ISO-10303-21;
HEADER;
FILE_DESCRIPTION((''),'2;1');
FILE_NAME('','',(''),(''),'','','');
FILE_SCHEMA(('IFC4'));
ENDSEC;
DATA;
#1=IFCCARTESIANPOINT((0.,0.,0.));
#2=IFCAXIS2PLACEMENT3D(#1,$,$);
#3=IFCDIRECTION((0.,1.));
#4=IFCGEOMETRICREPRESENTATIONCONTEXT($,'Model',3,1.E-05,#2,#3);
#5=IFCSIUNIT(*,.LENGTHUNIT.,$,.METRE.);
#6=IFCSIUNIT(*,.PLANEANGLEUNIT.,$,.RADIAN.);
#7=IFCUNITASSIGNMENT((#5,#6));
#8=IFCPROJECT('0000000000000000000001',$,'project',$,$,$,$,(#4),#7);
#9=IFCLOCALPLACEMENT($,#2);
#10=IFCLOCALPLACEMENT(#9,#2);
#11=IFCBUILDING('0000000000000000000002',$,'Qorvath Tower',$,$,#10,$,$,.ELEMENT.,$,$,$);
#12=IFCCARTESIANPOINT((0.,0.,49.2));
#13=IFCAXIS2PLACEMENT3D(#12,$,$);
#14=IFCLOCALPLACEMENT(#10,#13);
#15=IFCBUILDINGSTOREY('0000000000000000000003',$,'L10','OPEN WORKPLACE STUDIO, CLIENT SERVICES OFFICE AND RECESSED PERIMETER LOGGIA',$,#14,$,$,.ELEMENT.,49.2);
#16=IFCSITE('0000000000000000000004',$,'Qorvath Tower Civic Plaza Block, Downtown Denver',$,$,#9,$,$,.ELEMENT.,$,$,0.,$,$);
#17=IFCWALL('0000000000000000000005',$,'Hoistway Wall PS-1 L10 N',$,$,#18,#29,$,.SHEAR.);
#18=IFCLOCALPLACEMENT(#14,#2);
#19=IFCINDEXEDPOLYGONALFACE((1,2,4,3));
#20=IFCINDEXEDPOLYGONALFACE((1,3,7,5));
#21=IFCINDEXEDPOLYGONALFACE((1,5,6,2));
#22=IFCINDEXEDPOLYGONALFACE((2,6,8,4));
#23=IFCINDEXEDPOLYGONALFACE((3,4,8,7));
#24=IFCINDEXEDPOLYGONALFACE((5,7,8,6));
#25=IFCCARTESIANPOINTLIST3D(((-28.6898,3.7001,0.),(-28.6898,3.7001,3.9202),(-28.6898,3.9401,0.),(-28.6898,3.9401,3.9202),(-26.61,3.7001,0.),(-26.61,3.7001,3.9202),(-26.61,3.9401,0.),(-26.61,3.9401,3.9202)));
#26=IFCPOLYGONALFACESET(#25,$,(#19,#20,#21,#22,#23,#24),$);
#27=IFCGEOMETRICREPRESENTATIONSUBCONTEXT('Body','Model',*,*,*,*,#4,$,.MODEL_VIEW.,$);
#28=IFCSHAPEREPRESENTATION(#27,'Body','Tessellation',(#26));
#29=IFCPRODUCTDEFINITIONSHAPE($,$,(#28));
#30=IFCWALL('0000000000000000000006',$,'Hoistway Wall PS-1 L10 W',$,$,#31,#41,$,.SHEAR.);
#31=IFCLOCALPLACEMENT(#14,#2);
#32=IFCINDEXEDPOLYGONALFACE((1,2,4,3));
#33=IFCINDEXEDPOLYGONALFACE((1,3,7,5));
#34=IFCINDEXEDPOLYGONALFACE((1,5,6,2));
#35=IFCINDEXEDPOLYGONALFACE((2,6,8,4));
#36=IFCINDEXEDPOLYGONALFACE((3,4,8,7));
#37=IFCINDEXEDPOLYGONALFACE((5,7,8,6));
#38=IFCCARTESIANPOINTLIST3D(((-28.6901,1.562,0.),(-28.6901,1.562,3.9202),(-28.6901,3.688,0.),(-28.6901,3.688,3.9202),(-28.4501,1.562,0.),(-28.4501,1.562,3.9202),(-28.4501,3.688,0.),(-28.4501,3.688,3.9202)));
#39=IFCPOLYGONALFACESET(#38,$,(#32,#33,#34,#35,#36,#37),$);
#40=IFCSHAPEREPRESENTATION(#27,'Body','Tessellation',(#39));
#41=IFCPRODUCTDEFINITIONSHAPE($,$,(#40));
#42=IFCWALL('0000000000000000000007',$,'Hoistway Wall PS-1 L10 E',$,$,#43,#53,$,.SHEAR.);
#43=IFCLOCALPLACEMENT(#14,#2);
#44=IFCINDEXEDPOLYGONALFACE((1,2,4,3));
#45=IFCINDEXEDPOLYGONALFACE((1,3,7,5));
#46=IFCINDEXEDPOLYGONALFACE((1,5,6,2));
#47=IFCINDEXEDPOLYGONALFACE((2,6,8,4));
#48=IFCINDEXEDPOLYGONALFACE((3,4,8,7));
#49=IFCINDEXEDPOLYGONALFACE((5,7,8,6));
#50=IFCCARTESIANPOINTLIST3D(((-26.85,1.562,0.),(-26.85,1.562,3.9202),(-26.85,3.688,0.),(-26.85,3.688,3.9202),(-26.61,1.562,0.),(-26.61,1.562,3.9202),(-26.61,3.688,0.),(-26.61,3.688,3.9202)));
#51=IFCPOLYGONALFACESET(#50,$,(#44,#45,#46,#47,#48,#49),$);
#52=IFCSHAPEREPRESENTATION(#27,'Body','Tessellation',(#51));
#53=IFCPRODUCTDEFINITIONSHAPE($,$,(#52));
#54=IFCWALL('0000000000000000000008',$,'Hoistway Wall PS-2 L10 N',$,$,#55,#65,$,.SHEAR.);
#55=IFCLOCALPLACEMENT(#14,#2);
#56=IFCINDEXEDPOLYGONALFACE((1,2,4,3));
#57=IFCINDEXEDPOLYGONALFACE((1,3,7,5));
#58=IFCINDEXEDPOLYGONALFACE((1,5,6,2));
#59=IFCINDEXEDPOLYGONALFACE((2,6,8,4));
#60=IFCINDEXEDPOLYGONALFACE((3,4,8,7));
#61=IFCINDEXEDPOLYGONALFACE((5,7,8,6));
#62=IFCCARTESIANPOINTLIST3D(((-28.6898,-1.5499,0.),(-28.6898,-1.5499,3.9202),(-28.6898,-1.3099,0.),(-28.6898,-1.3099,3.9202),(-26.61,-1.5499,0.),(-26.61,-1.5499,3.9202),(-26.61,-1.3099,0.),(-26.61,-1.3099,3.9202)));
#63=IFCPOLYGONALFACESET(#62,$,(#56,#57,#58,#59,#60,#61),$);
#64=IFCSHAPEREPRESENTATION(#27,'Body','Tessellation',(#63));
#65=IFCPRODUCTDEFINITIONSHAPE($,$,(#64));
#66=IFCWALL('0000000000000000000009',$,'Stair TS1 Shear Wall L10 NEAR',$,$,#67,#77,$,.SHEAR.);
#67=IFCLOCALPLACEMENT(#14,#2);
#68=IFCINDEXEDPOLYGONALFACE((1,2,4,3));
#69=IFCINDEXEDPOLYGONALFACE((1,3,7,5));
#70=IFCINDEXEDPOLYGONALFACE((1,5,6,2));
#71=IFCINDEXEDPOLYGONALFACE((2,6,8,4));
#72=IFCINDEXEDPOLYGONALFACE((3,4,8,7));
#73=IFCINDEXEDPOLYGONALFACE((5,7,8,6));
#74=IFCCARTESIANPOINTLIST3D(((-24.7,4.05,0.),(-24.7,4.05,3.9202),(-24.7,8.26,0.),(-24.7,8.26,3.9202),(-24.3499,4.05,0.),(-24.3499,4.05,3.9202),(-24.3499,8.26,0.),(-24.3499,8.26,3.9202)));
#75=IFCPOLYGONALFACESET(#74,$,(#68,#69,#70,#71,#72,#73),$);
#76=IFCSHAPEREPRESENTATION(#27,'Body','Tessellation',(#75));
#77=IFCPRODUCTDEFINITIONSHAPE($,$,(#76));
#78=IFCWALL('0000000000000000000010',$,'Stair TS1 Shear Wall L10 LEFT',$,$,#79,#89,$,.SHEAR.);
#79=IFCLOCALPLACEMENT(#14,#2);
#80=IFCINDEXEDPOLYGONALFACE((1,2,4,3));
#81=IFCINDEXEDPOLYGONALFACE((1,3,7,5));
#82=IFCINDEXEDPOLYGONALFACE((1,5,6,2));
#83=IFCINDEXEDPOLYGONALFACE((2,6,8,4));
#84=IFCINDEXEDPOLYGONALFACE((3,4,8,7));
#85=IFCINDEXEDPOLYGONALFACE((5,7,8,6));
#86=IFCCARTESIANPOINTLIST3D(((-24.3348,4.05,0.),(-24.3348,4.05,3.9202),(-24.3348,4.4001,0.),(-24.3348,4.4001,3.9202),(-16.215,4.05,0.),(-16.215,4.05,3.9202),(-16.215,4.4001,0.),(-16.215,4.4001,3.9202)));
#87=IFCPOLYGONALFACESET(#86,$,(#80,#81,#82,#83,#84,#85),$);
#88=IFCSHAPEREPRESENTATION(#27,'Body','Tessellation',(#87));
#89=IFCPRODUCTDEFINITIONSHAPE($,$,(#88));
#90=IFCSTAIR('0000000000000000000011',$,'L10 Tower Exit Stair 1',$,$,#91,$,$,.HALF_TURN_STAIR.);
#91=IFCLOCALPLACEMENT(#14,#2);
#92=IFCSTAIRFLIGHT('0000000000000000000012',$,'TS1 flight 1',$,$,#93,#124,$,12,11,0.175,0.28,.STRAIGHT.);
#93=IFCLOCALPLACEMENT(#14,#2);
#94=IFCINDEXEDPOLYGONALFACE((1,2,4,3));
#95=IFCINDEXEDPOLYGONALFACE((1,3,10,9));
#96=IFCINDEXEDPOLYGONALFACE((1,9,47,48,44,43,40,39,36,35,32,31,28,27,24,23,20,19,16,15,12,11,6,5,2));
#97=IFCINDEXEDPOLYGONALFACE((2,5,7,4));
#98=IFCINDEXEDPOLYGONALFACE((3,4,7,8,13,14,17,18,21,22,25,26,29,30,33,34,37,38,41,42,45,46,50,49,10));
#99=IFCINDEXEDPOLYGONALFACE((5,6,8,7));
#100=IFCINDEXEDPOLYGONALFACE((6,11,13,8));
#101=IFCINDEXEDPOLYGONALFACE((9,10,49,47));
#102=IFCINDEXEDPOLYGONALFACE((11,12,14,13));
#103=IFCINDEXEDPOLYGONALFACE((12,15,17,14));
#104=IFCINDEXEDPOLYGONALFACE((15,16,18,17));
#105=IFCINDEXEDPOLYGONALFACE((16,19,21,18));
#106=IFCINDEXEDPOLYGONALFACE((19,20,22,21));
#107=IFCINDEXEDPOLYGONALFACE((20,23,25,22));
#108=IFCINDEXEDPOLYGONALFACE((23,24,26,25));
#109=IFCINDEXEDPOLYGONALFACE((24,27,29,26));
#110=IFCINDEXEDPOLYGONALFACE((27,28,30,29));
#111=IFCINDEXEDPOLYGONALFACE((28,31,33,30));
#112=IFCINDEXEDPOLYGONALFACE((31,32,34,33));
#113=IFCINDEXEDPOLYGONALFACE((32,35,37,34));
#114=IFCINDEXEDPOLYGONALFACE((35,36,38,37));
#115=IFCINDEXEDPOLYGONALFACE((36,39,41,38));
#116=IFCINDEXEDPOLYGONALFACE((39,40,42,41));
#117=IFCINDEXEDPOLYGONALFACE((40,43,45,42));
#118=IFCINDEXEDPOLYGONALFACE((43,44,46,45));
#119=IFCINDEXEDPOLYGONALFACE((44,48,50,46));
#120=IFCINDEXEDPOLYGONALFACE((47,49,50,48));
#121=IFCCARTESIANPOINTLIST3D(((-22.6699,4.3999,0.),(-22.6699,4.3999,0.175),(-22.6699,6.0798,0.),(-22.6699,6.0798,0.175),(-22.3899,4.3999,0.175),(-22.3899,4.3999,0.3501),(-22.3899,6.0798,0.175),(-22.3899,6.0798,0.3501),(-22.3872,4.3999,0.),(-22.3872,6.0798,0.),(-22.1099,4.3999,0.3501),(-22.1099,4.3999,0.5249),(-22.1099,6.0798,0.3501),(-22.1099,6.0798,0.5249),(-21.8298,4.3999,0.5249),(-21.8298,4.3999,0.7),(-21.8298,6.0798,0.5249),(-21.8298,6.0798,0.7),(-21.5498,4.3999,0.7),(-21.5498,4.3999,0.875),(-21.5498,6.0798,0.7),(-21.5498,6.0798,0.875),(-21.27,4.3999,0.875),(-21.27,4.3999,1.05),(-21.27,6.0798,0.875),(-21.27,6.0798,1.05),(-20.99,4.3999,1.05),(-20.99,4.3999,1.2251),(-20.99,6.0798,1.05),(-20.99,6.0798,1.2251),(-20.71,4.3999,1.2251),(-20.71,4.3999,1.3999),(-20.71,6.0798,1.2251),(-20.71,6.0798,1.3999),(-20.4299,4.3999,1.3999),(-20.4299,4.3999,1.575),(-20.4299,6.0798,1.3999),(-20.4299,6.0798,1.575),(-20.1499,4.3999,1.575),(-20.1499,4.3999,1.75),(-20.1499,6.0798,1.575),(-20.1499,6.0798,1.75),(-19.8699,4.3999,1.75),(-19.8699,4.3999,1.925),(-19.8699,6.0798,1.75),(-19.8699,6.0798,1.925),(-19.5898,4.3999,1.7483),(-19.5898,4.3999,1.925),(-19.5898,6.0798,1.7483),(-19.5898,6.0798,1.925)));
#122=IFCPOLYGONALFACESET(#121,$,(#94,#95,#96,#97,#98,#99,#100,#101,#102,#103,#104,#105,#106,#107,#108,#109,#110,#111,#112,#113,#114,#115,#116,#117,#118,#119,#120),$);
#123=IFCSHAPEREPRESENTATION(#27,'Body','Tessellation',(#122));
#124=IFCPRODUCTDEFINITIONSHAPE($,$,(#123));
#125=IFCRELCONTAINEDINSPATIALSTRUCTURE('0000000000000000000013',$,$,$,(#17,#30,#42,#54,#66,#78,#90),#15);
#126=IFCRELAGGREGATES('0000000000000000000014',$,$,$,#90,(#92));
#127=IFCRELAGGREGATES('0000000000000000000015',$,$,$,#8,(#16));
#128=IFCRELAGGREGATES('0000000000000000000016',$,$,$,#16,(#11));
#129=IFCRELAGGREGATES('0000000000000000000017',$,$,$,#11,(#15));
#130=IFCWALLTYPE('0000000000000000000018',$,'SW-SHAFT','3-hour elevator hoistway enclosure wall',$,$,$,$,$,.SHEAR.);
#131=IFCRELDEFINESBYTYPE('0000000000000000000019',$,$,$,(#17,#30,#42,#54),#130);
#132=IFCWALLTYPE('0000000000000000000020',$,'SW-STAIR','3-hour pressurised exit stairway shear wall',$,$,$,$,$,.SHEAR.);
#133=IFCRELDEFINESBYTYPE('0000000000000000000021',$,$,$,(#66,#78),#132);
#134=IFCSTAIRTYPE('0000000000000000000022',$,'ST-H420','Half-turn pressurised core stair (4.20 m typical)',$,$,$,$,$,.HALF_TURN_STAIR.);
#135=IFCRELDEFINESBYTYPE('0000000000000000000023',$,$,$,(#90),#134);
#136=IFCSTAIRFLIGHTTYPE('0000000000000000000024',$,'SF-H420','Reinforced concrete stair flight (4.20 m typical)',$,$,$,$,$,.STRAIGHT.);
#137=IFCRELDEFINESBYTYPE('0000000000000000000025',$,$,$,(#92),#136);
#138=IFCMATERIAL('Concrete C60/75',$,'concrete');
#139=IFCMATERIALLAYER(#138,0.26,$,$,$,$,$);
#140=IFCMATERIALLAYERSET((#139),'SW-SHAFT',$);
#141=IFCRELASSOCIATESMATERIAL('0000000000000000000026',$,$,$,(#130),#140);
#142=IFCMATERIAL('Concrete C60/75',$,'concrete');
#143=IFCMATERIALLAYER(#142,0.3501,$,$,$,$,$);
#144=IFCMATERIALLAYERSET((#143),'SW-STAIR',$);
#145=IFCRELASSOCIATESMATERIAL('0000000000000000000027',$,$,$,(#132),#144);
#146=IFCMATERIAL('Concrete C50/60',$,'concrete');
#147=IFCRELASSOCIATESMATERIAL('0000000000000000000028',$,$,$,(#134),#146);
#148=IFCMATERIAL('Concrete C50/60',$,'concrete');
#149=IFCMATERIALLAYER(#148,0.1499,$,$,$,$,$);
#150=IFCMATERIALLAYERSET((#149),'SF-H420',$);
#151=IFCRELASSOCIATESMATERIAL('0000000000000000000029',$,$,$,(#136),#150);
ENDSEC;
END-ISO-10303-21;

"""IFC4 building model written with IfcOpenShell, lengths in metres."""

from ifc_helpers import new_model, si_unit, direction, frame, frame_2d, origin, place, context, subcontext, project, spatial, polyline, rectangle, outline, extrude, material, layer, layer_set, type_object, element, aggregate, save


model = new_model("IFC4")

# Units and contexts
model_context = context("Model", 3, precision=1e-05, world=origin(), true_north=direction((0.0, 1.0)))
body_context = subcontext(model_context, "Body", "Model", "MODEL_VIEW")
ifc_project = project(units=[si_unit("LENGTHUNIT", "METRE"), si_unit("PLANEANGLEUNIT", "RADIAN")], contexts=[model_context])

# Site, building, storey
site_placement = place(None, origin())
site = spatial("IfcSite", under=ifc_project, at=site_placement, Name="Qorvath Tower Civic Plaza Block, Downtown Denver", CompositionType="ELEMENT", RefElevation=0.0)
building_placement = place(site_placement, origin())
building = spatial("IfcBuilding", under=site, at=building_placement, Name="Qorvath Tower", CompositionType="ELEMENT")
storey_placement = place(building_placement, frame((0.0, 0.0, 49.2)))
storey = spatial("IfcBuildingStorey", under=building, at=storey_placement, Name="L10", Description="OPEN WORKPLACE STUDIO, CLIENT SERVICES OFFICE AND RECESSED PERIMETER LOGGIA", CompositionType="ELEMENT", Elevation=49.2)

# Shared definitions
ifc_material_1 = material(Name="Concrete C60/75", Category="concrete")
ifc_layer_1 = layer(ifc_material_1, 0.26)
ifc_layer_set_1 = layer_set([ifc_layer_1], Name="SW-SHAFT")
wall_type_1 = type_object("IfcWallType", Name="SW-SHAFT", Description="3-hour elevator hoistway enclosure wall", PredefinedType="SHEAR", material=ifc_layer_set_1)

# Walls
for number, where, z_axis, x_axis, name in (
    (1, (-28.6899, 3.8201, 0.0), (0.0, 0.0, 1.0), (1.0, 0.0, 0.0), "Hoistway Wall PS-1 L10 N"),
):
    element("IfcWall", number, at=place(storey_placement, frame(where, z_axis=z_axis, x_axis=x_axis)), inside=storey, type_object=wall_type_1, Name=name, PredefinedType="SHEAR", context=body_context, shape_type="SweptSolid", body=[
        extrude(rectangle(XDim=2.0798, YDim=0.24, at=frame_2d((1.04, 0.0))), origin(), (0.0, 0.0, 1.0), 3.9202),
    ])
for number, where, z_axis, x_axis, name in (
    (2, (-28.5701, 1.562, 0.0), (0.0, 0.0, 1.0), (0.0, 1.0, 0.0), "Hoistway Wall PS-1 L10 W"),
    (3, (-26.73, 3.688, 0.0), (0.0, 0.0, 1.0), (0.0, -1.0, 0.0), "Hoistway Wall PS-1 L10 E"),
):
    element("IfcWall", number, at=place(storey_placement, frame(where, z_axis=z_axis, x_axis=x_axis)), inside=storey, type_object=wall_type_1, Name=name, PredefinedType="SHEAR", context=body_context, shape_type="SweptSolid", body=[
        extrude(rectangle(XDim=2.126, YDim=0.24, at=frame_2d((1.063, 0.0))), origin(), (0.0, 0.0, 1.0), 3.9202),
    ])
wall_1_placement = place(storey_placement, frame((-28.6899, -1.4299, 0.0), z_axis=(0.0, 0.0, 1.0), x_axis=(1.0, 0.0, 0.0)))
element("IfcWall", 4, at=wall_1_placement, inside=storey, type_object=wall_type_1, Name="Hoistway Wall PS-2 L10 N", PredefinedType="SHEAR", context=body_context, shape_type="SweptSolid", body=[
    extrude(rectangle(XDim=2.0798, YDim=0.24, at=frame_2d((1.04, 0.0))), origin(), (0.0, 0.0, 1.0), 3.9202),
])
ifc_material_2 = material(Name="Concrete C60/75", Category="concrete")
ifc_layer_2 = layer(ifc_material_2, 0.3501)
ifc_layer_set_2 = layer_set([ifc_layer_2], Name="SW-STAIR")
wall_type_2 = type_object("IfcWallType", Name="SW-STAIR", Description="3-hour pressurised exit stairway shear wall", PredefinedType="SHEAR", material=ifc_layer_set_2)
wall_2_placement = place(storey_placement, frame((-24.5249, 8.26, 0.0), z_axis=(0.0, 0.0, 1.0), x_axis=(0.0, -1.0, 0.0)))
element("IfcWall", 5, at=wall_2_placement, inside=storey, type_object=wall_type_2, Name="Stair TS1 Shear Wall L10 NEAR", PredefinedType="SHEAR", context=body_context, shape_type="SweptSolid", body=[
    extrude(rectangle(XDim=4.21, YDim=0.3501, at=frame_2d((2.105, 0.0))), origin(), (0.0, 0.0, 1.0), 3.9202),
])
wall_3_placement = place(storey_placement, frame((-24.335, 4.2251, 0.0), z_axis=(0.0, 0.0, 1.0), x_axis=(1.0, 0.0, 0.0)))
element("IfcWall", 6, at=wall_3_placement, inside=storey, type_object=wall_type_2, Name="Stair TS1 Shear Wall L10 LEFT", PredefinedType="SHEAR", context=body_context, shape_type="SweptSolid", body=[
    extrude(rectangle(XDim=8.1199, YDim=0.3501, at=frame_2d((4.0601, 0.0))), origin(), (0.0, 0.0, 1.0), 3.9202),
])

# Stair, stair flight
ifc_material_3 = material(Name="Concrete C50/60", Category="concrete")
stair_type = type_object("IfcStairType", Name="ST-H420", Description="Half-turn pressurised core stair (4.20 m typical)", PredefinedType="HALF_TURN_STAIR", material=ifc_material_3)
stair_placement = place(storey_placement, origin())
stair = element("IfcStair", 7, at=stair_placement, inside=storey, type_object=stair_type, Name="L10 Tower Exit Stair 1", PredefinedType="HALF_TURN_STAIR")
ifc_material_4 = material(Name="Concrete C50/60", Category="concrete")
ifc_layer_3 = layer(ifc_material_4, 0.1499)
ifc_layer_set_3 = layer_set([ifc_layer_3], Name="SF-H420")
stair_flight_type = type_object("IfcStairFlightType", Name="SF-H420", Description="Reinforced concrete stair flight (4.20 m typical)", PredefinedType="STRAIGHT", material=ifc_layer_set_3)
stair_flight_placement = place(storey_placement, frame((-22.6699, 5.24, 0.0), z_axis=(0.0, 0.0, 1.0), x_axis=(1.0, 0.0, 0.0)))
stair_flight = element("IfcStairFlight", 8, at=stair_flight_placement, type_object=stair_flight_type, Name="TS1 flight 1", NumberOfRisers=12, NumberOfTreads=11, PredefinedType="STRAIGHT", RiserHeight=0.175, TreadLength=0.28, context=body_context, shape_type="SweptSolid", body=[
    extrude(outline(polyline([(0.0, 0.0), (0.0, 0.175), (0.28, 0.175), (0.28, 0.3501), (0.5601, 0.3501), (0.5601, 0.5249), (0.8401, 0.5249), (0.8401, 0.7), (1.1201, 0.7), (1.1201, 0.875), (1.3999, 0.875), (1.3999, 1.05), (1.6799, 1.05), (1.6799, 1.2251), (1.96, 1.2251), (1.96, 1.3999), (2.24, 1.3999), (2.24, 1.575), (2.52, 1.575), (2.52, 1.75), (2.8, 1.75), (2.8, 1.925), (3.0801, 1.925), (3.0801, 2.1001), (3.0801, 1.7483), (0.2827, 0.0), (0.0, 0.0)])), frame((0.0, 0.8398, 0.0), z_axis=(0.0, -1.0, 0.0), x_axis=(1.0, 0.0, 0.0)), (0.0, 0.0, 1.0), 1.6799),
])
aggregate(stair, [stair_flight])

save(model, "model.ifc")
